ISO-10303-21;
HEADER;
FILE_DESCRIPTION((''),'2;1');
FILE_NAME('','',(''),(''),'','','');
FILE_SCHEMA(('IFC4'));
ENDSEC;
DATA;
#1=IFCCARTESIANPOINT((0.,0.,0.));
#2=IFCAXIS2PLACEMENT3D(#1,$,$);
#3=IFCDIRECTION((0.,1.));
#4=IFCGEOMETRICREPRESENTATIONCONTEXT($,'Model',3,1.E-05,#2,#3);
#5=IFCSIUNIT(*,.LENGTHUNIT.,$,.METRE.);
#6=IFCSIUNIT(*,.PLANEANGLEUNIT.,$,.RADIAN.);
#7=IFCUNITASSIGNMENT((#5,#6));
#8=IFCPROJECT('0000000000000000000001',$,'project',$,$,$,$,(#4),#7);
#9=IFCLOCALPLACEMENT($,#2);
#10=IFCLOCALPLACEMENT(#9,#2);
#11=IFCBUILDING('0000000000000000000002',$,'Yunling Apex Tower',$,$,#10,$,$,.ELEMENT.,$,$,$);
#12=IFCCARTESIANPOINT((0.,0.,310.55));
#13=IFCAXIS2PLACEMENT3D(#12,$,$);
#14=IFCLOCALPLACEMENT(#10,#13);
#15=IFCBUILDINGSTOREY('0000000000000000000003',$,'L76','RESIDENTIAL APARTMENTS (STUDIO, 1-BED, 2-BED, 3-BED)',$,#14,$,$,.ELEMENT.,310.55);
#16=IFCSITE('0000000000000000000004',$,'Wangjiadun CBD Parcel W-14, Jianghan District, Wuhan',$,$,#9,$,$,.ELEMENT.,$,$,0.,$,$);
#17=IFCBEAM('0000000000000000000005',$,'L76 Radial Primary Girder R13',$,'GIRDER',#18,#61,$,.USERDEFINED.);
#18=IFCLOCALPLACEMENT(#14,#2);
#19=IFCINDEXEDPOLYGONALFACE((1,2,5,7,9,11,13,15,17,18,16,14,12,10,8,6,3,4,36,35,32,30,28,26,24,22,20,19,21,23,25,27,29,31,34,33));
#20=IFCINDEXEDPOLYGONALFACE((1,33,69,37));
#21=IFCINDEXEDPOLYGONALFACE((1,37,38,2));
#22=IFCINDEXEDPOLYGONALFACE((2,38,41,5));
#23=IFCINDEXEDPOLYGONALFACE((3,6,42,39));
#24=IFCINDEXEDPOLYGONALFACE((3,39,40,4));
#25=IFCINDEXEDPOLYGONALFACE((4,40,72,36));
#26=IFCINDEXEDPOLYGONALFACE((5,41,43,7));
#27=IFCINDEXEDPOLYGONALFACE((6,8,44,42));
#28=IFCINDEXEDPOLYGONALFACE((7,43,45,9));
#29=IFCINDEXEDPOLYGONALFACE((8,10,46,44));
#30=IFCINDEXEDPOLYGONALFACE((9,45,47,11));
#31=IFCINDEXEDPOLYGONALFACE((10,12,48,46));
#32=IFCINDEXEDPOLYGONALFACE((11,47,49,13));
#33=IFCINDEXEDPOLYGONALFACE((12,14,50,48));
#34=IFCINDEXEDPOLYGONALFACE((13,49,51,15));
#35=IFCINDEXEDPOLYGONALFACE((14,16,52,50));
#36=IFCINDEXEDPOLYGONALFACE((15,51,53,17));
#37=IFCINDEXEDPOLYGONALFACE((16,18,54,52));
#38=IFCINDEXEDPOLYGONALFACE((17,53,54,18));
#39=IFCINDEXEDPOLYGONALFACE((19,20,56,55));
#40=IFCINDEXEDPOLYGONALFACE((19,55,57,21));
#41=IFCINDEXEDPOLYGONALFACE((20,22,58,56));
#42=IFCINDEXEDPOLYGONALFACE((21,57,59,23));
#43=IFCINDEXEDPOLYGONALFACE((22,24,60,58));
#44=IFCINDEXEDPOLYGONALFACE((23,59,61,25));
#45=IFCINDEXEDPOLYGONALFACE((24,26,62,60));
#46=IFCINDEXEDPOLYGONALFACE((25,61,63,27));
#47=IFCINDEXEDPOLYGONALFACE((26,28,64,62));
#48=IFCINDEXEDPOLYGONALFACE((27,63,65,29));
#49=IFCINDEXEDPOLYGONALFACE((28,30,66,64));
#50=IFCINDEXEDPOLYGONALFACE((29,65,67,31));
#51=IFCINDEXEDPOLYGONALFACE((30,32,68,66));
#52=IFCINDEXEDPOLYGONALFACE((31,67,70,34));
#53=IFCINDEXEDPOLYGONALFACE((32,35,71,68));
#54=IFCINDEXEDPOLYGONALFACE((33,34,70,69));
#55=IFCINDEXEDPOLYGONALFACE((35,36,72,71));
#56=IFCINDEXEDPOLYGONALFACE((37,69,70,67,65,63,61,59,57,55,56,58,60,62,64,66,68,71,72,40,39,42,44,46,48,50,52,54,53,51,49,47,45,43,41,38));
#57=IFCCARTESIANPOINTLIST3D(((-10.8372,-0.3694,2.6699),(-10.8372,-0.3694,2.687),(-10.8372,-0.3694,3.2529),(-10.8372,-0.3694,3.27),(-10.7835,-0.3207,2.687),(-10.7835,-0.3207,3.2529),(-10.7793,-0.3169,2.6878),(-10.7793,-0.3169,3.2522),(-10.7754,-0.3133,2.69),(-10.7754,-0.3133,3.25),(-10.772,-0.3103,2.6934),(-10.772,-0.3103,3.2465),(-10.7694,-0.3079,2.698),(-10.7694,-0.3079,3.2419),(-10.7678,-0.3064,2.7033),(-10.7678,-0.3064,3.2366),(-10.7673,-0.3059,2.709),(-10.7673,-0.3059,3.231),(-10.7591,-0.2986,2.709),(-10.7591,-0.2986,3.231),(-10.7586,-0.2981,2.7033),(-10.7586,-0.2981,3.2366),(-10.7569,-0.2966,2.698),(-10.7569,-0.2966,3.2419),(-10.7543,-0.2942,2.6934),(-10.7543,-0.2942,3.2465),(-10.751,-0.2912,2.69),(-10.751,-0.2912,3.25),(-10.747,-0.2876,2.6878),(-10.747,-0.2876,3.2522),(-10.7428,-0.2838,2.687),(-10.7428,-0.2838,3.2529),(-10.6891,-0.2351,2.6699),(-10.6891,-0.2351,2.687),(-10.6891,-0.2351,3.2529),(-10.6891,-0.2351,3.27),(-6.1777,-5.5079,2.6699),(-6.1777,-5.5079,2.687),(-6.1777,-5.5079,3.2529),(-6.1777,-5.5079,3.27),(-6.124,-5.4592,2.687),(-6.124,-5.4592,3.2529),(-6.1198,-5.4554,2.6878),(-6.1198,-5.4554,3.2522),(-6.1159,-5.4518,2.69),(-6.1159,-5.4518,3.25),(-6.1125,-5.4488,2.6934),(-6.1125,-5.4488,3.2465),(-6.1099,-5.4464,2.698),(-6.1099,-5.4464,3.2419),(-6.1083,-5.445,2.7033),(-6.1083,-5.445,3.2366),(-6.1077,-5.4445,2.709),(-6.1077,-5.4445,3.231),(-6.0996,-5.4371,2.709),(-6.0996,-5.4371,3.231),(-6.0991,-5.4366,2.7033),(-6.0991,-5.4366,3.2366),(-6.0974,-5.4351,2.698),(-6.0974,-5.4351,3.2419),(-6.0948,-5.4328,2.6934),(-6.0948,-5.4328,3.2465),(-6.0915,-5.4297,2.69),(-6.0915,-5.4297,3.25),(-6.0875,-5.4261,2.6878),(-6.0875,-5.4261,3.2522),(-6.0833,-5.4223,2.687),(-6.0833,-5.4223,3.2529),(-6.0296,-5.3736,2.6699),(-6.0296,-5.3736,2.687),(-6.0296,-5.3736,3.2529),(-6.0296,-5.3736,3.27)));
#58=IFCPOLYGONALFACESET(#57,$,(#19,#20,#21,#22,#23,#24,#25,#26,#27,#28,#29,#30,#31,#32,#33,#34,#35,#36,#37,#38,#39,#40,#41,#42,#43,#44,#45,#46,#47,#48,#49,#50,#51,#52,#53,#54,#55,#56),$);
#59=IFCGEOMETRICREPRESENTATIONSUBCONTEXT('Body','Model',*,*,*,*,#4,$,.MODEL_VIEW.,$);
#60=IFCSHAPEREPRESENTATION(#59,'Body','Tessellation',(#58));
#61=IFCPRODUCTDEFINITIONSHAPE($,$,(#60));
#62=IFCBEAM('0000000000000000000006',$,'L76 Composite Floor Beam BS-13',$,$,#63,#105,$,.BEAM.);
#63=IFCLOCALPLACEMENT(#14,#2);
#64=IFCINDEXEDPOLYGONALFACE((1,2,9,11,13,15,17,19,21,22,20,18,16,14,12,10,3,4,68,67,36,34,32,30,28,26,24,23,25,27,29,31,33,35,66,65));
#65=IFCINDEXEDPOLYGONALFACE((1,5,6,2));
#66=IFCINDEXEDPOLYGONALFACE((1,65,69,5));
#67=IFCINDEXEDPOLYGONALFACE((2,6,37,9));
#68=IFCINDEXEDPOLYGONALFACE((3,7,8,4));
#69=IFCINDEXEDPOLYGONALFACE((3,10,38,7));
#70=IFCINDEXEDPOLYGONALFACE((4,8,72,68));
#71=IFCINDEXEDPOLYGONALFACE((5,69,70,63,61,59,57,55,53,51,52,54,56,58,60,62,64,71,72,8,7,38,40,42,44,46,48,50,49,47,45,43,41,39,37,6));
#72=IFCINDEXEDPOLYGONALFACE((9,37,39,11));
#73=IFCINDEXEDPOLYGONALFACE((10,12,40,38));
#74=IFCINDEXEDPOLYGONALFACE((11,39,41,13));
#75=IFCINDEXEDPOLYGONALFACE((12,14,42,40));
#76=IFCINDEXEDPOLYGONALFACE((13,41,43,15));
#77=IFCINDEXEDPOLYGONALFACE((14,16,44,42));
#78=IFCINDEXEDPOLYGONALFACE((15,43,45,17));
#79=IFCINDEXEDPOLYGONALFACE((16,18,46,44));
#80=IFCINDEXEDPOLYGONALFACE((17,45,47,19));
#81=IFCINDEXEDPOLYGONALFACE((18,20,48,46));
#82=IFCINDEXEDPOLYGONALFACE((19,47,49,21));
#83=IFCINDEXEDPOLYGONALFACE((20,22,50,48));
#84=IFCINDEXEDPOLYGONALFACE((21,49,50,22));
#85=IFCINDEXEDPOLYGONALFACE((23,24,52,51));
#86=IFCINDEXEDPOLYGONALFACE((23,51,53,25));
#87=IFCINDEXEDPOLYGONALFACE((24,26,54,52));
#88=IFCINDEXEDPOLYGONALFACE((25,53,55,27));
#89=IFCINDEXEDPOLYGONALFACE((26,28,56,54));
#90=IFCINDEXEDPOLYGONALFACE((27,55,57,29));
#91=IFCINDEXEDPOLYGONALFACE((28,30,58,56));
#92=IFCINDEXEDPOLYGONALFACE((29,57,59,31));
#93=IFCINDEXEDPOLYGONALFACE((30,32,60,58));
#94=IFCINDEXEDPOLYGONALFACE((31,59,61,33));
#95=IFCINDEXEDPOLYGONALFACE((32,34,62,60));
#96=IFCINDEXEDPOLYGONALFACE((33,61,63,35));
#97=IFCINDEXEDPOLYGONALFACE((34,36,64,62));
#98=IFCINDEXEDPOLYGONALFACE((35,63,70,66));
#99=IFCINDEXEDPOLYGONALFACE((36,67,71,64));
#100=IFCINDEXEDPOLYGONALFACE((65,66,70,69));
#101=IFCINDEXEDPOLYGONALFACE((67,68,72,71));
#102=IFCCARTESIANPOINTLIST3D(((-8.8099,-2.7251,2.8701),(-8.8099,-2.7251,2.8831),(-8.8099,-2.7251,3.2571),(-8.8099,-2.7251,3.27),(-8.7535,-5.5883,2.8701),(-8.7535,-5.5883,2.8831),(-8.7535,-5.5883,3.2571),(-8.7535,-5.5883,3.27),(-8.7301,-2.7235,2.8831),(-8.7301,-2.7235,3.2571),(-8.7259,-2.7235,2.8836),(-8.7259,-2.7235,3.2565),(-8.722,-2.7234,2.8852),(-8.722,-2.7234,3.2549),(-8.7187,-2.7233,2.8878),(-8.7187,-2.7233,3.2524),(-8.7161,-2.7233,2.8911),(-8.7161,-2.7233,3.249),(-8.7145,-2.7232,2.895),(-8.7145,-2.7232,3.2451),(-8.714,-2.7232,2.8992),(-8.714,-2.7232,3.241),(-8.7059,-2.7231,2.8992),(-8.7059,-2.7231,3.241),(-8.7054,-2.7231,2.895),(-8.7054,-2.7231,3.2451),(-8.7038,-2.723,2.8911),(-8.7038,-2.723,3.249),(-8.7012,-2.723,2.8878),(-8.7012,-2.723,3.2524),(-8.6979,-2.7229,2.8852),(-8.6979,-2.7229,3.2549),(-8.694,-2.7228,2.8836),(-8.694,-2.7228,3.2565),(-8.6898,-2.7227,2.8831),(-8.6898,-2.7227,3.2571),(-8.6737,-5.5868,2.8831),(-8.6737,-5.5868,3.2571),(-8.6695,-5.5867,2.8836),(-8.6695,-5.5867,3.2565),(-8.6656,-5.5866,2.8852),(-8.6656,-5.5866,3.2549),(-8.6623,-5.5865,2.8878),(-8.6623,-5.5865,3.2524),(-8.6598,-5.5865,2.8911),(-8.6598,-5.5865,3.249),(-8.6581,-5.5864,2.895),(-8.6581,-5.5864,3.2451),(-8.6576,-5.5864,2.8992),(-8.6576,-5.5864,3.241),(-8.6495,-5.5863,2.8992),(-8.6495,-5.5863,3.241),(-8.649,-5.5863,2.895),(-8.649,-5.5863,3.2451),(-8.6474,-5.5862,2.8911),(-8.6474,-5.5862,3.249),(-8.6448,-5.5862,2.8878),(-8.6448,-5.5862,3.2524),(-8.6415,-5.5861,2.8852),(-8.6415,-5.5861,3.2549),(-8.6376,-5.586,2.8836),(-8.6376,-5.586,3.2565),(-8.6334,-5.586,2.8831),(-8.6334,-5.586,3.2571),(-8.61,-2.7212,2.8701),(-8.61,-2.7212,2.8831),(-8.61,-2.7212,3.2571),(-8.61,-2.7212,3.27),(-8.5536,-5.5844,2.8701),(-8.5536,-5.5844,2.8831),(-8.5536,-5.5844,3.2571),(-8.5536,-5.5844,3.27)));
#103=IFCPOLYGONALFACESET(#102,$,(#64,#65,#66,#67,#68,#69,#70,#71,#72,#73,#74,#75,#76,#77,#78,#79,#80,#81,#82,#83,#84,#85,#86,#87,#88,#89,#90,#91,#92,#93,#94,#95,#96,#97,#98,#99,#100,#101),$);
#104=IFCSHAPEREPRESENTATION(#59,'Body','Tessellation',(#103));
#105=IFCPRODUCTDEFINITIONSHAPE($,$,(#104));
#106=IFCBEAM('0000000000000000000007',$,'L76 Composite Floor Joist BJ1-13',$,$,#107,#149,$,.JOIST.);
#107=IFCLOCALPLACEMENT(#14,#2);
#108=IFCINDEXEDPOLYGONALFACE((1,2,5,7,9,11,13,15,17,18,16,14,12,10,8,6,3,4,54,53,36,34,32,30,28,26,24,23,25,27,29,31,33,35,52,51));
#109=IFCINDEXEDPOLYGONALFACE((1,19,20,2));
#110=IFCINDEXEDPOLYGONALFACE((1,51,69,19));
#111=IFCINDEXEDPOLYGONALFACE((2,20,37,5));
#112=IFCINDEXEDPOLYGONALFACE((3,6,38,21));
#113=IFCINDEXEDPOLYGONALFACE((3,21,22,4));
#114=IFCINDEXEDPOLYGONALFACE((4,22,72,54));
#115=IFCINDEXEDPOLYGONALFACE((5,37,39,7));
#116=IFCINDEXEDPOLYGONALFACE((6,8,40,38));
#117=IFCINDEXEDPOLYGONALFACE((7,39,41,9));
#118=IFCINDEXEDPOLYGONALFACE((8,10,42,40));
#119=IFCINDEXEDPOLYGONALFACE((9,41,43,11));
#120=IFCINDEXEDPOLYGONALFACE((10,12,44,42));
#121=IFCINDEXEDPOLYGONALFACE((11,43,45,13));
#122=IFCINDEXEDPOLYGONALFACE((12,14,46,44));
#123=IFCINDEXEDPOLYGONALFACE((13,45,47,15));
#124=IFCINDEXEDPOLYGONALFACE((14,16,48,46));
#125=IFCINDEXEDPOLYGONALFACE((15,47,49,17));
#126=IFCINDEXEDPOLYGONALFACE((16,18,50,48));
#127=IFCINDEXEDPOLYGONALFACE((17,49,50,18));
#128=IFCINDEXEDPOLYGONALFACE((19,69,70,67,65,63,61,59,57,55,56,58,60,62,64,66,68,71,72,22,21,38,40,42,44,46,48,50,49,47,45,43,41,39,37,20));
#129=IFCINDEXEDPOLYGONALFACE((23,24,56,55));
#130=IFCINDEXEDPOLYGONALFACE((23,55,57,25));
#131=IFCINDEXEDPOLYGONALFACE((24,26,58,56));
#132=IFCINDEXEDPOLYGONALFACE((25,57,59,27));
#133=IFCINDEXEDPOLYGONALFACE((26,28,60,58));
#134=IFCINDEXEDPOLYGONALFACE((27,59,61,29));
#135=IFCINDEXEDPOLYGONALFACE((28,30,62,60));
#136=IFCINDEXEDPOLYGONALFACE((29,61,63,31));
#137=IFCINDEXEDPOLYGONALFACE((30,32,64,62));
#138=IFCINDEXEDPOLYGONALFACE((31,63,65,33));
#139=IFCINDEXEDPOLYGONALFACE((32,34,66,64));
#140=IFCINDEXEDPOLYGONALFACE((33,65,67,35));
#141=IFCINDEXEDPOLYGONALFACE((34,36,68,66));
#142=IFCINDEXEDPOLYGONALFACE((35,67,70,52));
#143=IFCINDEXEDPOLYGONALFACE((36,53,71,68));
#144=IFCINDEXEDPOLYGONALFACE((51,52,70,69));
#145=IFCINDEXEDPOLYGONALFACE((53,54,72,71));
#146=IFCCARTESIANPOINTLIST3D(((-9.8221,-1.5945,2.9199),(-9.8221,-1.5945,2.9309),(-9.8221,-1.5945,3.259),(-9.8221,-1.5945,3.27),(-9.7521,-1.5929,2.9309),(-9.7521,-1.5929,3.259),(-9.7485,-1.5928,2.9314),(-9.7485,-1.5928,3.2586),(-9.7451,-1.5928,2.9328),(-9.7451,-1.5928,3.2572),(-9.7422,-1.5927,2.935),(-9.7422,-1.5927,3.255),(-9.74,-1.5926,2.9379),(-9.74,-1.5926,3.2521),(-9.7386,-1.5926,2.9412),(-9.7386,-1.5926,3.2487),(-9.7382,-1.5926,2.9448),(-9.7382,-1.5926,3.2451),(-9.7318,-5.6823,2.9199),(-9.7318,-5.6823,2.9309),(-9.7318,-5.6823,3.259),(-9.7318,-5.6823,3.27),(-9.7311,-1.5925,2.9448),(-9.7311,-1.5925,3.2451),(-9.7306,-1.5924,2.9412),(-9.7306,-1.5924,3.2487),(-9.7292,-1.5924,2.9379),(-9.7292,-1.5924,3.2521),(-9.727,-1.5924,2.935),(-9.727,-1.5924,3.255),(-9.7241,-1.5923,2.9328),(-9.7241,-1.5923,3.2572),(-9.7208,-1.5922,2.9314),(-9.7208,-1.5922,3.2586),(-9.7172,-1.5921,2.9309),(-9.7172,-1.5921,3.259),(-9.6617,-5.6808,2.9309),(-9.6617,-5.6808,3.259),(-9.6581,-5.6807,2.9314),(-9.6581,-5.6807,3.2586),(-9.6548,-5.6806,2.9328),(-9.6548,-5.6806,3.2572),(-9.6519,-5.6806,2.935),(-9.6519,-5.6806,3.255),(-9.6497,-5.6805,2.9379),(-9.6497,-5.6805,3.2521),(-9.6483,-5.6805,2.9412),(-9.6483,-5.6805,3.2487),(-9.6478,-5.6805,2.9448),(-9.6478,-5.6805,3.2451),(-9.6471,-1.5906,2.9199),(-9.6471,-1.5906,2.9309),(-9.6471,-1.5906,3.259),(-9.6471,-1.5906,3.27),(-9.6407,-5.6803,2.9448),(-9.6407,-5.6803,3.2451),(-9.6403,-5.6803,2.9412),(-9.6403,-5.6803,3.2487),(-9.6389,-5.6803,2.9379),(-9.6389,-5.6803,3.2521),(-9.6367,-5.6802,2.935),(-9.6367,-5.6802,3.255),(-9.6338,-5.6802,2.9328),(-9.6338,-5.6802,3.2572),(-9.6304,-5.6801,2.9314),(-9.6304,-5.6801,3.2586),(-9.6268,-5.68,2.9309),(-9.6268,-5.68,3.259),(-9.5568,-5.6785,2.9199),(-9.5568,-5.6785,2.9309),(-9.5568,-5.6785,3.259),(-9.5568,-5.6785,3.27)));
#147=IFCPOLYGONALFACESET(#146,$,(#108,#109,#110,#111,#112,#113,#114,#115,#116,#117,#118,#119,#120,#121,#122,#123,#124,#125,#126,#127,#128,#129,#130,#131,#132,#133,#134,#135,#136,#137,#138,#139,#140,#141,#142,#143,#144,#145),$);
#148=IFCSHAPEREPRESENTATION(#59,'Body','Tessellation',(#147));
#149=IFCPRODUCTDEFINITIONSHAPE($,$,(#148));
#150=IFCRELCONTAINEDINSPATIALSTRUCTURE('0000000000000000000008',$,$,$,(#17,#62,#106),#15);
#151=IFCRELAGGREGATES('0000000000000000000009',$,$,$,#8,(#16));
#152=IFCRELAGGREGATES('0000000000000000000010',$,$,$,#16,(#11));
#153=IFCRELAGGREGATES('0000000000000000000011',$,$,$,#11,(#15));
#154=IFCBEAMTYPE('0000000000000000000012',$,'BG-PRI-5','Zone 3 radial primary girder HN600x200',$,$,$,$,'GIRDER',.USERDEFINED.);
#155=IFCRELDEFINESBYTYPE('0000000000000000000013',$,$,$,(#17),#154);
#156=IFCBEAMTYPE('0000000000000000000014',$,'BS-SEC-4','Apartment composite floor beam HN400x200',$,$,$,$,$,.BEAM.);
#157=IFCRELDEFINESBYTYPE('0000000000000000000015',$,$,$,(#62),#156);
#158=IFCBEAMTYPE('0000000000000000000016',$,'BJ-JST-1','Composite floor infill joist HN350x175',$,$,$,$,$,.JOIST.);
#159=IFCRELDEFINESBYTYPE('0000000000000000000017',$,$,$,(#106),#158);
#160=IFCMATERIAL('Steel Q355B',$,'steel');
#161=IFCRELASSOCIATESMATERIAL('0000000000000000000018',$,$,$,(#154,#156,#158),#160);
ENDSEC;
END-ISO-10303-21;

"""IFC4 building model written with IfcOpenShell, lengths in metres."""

from ifc_helpers import new_model, si_unit, direction, frame, origin, origin_2d, place, context, subcontext, project, spatial, i_section, extrude, source, transform, mapped, material, material_profile, profile_set, type_object, element, save


model = new_model("IFC4")

# Units and contexts
model_context = context("Model", 3, precision=1e-05, world=origin(), true_north=direction((0.0, 1.0)))
body_context = subcontext(model_context, "Body", "Model", "MODEL_VIEW")
ifc_project = project(units=[si_unit("LENGTHUNIT", "METRE"), si_unit("PLANEANGLEUNIT", "RADIAN")], contexts=[model_context])

# Site, building, storey
site_placement = place(None, origin())
site = spatial("IfcSite", under=ifc_project, at=site_placement, Name="Wangjiadun CBD Parcel W-14, Jianghan District, Wuhan", CompositionType="ELEMENT", RefElevation=0.0)
building_placement = place(site_placement, origin())
building = spatial("IfcBuilding", under=site, at=building_placement, Name="Yunling Apex Tower", CompositionType="ELEMENT")
storey_placement = place(building_placement, frame((0.0, 0.0, 310.55)))
storey = spatial("IfcBuildingStorey", under=building, at=storey_placement, Name="L76", Description="RESIDENTIAL APARTMENTS (STUDIO, 1-BED, 2-BED, 3-BED)", CompositionType="ELEMENT", Elevation=310.55)

# Shared definitions
ifc_material_1 = material(Name="Steel Q355B", Category="steel")

# Beams
ifc_material_profile_1 = material_profile(ifc_material_1, i_section(OverallWidth=0.2, OverallDepth=0.6001, WebThickness=0.011, FlangeThickness=0.0171, FilletRadius=0.022, at=origin_2d()))
ifc_profile_set_1 = profile_set([ifc_material_profile_1], Name="Steel Q355B")
beam_type_1 = type_object("IfcBeamType", Name="BG-PRI-5", Description="Zone 3 radial primary girder HN600x200", ElementType="GIRDER", PredefinedType="USERDEFINED", material=ifc_profile_set_1)
shared_shape_1 = source(origin(), body_context, "Body", "SweptSolid", [
    extrude(i_section(OverallWidth=0.2, OverallDepth=0.6001, WebThickness=0.011, FlangeThickness=0.0171, FilletRadius=0.022, at=origin_2d()), origin(), (0.0, 0.0, 1.0), 6.9365),
])
beam_1_placement = place(storey_placement, frame((-10.7632, -0.3022, 2.97), z_axis=(0.671735, -0.740792, 0.0), x_axis=(0.740792, 0.671735, 0.0)))
element("IfcBeam", 1, at=beam_1_placement, inside=storey, type_object=beam_type_1, Name="L76 Radial Primary Girder R13", ObjectType="GIRDER", PredefinedType="USERDEFINED", context=body_context, shape_type="MappedRepresentation", body=[
    mapped(shared_shape_1, transform((0.0, 0.0, 0.0), scale=1.0)),
])
ifc_material_profile_2 = material_profile(ifc_material_1, i_section(OverallWidth=0.2, OverallDepth=0.3999, WebThickness=0.0081, FlangeThickness=0.0129, FilletRadius=0.0161, at=origin_2d()))
ifc_profile_set_2 = profile_set([ifc_material_profile_2], Name="Steel Q355B")
beam_type_2 = type_object("IfcBeamType", Name="BS-SEC-4", Description="Apartment composite floor beam HN400x200", PredefinedType="BEAM", material=ifc_profile_set_2)
shared_shape_2 = source(origin(), body_context, "Body", "SweptSolid", [
    extrude(i_section(OverallWidth=0.2, OverallDepth=0.3999, WebThickness=0.0081, FlangeThickness=0.0129, FilletRadius=0.0161, at=origin_2d()), origin(), (0.0, 0.0, 1.0), 2.8638),
])
beam_2_placement = place(storey_placement, frame((-8.71, -2.7231, 3.0701), z_axis=(0.019693, -0.999806, 0.0), x_axis=(0.999806, 0.019693, 0.0)))
element("IfcBeam", 2, at=beam_2_placement, inside=storey, type_object=beam_type_2, Name="L76 Composite Floor Beam BS-13", PredefinedType="BEAM", context=body_context, shape_type="MappedRepresentation", body=[
    mapped(shared_shape_2, transform((0.0, 0.0, 0.0), scale=1.0)),
])
ifc_material_profile_3 = material_profile(ifc_material_1, i_section(OverallWidth=0.175, OverallDepth=0.3501, WebThickness=0.0071, FlangeThickness=0.011, FilletRadius=0.0139, at=origin_2d()))
ifc_profile_set_3 = profile_set([ifc_material_profile_3], Name="Steel Q355B")
beam_type_3 = type_object("IfcBeamType", Name="BJ-JST-1", Description="Composite floor infill joist HN350x175", PredefinedType="JOIST", material=ifc_profile_set_3)
shared_shape_3 = source(origin(), body_context, "Body", "SweptSolid", [
    extrude(i_section(OverallWidth=0.175, OverallDepth=0.3501, WebThickness=0.0071, FlangeThickness=0.011, FilletRadius=0.0139, at=origin_2d()), origin(), (0.0, 0.0, 1.0), 4.0889),
])
beam_3_placement = place(storey_placement, frame((-9.7346, -1.5925, 3.095), z_axis=(0.022092, -0.999756, 0.0), x_axis=(0.999756, 0.022092, 0.0)))
element("IfcBeam", 3, at=beam_3_placement, inside=storey, type_object=beam_type_3, Name="L76 Composite Floor Joist BJ1-13", PredefinedType="JOIST", context=body_context, shape_type="MappedRepresentation", body=[
    mapped(shared_shape_3, transform((0.0, 0.0, 0.0), scale=1.0)),
])

save(model, "model.ifc")
